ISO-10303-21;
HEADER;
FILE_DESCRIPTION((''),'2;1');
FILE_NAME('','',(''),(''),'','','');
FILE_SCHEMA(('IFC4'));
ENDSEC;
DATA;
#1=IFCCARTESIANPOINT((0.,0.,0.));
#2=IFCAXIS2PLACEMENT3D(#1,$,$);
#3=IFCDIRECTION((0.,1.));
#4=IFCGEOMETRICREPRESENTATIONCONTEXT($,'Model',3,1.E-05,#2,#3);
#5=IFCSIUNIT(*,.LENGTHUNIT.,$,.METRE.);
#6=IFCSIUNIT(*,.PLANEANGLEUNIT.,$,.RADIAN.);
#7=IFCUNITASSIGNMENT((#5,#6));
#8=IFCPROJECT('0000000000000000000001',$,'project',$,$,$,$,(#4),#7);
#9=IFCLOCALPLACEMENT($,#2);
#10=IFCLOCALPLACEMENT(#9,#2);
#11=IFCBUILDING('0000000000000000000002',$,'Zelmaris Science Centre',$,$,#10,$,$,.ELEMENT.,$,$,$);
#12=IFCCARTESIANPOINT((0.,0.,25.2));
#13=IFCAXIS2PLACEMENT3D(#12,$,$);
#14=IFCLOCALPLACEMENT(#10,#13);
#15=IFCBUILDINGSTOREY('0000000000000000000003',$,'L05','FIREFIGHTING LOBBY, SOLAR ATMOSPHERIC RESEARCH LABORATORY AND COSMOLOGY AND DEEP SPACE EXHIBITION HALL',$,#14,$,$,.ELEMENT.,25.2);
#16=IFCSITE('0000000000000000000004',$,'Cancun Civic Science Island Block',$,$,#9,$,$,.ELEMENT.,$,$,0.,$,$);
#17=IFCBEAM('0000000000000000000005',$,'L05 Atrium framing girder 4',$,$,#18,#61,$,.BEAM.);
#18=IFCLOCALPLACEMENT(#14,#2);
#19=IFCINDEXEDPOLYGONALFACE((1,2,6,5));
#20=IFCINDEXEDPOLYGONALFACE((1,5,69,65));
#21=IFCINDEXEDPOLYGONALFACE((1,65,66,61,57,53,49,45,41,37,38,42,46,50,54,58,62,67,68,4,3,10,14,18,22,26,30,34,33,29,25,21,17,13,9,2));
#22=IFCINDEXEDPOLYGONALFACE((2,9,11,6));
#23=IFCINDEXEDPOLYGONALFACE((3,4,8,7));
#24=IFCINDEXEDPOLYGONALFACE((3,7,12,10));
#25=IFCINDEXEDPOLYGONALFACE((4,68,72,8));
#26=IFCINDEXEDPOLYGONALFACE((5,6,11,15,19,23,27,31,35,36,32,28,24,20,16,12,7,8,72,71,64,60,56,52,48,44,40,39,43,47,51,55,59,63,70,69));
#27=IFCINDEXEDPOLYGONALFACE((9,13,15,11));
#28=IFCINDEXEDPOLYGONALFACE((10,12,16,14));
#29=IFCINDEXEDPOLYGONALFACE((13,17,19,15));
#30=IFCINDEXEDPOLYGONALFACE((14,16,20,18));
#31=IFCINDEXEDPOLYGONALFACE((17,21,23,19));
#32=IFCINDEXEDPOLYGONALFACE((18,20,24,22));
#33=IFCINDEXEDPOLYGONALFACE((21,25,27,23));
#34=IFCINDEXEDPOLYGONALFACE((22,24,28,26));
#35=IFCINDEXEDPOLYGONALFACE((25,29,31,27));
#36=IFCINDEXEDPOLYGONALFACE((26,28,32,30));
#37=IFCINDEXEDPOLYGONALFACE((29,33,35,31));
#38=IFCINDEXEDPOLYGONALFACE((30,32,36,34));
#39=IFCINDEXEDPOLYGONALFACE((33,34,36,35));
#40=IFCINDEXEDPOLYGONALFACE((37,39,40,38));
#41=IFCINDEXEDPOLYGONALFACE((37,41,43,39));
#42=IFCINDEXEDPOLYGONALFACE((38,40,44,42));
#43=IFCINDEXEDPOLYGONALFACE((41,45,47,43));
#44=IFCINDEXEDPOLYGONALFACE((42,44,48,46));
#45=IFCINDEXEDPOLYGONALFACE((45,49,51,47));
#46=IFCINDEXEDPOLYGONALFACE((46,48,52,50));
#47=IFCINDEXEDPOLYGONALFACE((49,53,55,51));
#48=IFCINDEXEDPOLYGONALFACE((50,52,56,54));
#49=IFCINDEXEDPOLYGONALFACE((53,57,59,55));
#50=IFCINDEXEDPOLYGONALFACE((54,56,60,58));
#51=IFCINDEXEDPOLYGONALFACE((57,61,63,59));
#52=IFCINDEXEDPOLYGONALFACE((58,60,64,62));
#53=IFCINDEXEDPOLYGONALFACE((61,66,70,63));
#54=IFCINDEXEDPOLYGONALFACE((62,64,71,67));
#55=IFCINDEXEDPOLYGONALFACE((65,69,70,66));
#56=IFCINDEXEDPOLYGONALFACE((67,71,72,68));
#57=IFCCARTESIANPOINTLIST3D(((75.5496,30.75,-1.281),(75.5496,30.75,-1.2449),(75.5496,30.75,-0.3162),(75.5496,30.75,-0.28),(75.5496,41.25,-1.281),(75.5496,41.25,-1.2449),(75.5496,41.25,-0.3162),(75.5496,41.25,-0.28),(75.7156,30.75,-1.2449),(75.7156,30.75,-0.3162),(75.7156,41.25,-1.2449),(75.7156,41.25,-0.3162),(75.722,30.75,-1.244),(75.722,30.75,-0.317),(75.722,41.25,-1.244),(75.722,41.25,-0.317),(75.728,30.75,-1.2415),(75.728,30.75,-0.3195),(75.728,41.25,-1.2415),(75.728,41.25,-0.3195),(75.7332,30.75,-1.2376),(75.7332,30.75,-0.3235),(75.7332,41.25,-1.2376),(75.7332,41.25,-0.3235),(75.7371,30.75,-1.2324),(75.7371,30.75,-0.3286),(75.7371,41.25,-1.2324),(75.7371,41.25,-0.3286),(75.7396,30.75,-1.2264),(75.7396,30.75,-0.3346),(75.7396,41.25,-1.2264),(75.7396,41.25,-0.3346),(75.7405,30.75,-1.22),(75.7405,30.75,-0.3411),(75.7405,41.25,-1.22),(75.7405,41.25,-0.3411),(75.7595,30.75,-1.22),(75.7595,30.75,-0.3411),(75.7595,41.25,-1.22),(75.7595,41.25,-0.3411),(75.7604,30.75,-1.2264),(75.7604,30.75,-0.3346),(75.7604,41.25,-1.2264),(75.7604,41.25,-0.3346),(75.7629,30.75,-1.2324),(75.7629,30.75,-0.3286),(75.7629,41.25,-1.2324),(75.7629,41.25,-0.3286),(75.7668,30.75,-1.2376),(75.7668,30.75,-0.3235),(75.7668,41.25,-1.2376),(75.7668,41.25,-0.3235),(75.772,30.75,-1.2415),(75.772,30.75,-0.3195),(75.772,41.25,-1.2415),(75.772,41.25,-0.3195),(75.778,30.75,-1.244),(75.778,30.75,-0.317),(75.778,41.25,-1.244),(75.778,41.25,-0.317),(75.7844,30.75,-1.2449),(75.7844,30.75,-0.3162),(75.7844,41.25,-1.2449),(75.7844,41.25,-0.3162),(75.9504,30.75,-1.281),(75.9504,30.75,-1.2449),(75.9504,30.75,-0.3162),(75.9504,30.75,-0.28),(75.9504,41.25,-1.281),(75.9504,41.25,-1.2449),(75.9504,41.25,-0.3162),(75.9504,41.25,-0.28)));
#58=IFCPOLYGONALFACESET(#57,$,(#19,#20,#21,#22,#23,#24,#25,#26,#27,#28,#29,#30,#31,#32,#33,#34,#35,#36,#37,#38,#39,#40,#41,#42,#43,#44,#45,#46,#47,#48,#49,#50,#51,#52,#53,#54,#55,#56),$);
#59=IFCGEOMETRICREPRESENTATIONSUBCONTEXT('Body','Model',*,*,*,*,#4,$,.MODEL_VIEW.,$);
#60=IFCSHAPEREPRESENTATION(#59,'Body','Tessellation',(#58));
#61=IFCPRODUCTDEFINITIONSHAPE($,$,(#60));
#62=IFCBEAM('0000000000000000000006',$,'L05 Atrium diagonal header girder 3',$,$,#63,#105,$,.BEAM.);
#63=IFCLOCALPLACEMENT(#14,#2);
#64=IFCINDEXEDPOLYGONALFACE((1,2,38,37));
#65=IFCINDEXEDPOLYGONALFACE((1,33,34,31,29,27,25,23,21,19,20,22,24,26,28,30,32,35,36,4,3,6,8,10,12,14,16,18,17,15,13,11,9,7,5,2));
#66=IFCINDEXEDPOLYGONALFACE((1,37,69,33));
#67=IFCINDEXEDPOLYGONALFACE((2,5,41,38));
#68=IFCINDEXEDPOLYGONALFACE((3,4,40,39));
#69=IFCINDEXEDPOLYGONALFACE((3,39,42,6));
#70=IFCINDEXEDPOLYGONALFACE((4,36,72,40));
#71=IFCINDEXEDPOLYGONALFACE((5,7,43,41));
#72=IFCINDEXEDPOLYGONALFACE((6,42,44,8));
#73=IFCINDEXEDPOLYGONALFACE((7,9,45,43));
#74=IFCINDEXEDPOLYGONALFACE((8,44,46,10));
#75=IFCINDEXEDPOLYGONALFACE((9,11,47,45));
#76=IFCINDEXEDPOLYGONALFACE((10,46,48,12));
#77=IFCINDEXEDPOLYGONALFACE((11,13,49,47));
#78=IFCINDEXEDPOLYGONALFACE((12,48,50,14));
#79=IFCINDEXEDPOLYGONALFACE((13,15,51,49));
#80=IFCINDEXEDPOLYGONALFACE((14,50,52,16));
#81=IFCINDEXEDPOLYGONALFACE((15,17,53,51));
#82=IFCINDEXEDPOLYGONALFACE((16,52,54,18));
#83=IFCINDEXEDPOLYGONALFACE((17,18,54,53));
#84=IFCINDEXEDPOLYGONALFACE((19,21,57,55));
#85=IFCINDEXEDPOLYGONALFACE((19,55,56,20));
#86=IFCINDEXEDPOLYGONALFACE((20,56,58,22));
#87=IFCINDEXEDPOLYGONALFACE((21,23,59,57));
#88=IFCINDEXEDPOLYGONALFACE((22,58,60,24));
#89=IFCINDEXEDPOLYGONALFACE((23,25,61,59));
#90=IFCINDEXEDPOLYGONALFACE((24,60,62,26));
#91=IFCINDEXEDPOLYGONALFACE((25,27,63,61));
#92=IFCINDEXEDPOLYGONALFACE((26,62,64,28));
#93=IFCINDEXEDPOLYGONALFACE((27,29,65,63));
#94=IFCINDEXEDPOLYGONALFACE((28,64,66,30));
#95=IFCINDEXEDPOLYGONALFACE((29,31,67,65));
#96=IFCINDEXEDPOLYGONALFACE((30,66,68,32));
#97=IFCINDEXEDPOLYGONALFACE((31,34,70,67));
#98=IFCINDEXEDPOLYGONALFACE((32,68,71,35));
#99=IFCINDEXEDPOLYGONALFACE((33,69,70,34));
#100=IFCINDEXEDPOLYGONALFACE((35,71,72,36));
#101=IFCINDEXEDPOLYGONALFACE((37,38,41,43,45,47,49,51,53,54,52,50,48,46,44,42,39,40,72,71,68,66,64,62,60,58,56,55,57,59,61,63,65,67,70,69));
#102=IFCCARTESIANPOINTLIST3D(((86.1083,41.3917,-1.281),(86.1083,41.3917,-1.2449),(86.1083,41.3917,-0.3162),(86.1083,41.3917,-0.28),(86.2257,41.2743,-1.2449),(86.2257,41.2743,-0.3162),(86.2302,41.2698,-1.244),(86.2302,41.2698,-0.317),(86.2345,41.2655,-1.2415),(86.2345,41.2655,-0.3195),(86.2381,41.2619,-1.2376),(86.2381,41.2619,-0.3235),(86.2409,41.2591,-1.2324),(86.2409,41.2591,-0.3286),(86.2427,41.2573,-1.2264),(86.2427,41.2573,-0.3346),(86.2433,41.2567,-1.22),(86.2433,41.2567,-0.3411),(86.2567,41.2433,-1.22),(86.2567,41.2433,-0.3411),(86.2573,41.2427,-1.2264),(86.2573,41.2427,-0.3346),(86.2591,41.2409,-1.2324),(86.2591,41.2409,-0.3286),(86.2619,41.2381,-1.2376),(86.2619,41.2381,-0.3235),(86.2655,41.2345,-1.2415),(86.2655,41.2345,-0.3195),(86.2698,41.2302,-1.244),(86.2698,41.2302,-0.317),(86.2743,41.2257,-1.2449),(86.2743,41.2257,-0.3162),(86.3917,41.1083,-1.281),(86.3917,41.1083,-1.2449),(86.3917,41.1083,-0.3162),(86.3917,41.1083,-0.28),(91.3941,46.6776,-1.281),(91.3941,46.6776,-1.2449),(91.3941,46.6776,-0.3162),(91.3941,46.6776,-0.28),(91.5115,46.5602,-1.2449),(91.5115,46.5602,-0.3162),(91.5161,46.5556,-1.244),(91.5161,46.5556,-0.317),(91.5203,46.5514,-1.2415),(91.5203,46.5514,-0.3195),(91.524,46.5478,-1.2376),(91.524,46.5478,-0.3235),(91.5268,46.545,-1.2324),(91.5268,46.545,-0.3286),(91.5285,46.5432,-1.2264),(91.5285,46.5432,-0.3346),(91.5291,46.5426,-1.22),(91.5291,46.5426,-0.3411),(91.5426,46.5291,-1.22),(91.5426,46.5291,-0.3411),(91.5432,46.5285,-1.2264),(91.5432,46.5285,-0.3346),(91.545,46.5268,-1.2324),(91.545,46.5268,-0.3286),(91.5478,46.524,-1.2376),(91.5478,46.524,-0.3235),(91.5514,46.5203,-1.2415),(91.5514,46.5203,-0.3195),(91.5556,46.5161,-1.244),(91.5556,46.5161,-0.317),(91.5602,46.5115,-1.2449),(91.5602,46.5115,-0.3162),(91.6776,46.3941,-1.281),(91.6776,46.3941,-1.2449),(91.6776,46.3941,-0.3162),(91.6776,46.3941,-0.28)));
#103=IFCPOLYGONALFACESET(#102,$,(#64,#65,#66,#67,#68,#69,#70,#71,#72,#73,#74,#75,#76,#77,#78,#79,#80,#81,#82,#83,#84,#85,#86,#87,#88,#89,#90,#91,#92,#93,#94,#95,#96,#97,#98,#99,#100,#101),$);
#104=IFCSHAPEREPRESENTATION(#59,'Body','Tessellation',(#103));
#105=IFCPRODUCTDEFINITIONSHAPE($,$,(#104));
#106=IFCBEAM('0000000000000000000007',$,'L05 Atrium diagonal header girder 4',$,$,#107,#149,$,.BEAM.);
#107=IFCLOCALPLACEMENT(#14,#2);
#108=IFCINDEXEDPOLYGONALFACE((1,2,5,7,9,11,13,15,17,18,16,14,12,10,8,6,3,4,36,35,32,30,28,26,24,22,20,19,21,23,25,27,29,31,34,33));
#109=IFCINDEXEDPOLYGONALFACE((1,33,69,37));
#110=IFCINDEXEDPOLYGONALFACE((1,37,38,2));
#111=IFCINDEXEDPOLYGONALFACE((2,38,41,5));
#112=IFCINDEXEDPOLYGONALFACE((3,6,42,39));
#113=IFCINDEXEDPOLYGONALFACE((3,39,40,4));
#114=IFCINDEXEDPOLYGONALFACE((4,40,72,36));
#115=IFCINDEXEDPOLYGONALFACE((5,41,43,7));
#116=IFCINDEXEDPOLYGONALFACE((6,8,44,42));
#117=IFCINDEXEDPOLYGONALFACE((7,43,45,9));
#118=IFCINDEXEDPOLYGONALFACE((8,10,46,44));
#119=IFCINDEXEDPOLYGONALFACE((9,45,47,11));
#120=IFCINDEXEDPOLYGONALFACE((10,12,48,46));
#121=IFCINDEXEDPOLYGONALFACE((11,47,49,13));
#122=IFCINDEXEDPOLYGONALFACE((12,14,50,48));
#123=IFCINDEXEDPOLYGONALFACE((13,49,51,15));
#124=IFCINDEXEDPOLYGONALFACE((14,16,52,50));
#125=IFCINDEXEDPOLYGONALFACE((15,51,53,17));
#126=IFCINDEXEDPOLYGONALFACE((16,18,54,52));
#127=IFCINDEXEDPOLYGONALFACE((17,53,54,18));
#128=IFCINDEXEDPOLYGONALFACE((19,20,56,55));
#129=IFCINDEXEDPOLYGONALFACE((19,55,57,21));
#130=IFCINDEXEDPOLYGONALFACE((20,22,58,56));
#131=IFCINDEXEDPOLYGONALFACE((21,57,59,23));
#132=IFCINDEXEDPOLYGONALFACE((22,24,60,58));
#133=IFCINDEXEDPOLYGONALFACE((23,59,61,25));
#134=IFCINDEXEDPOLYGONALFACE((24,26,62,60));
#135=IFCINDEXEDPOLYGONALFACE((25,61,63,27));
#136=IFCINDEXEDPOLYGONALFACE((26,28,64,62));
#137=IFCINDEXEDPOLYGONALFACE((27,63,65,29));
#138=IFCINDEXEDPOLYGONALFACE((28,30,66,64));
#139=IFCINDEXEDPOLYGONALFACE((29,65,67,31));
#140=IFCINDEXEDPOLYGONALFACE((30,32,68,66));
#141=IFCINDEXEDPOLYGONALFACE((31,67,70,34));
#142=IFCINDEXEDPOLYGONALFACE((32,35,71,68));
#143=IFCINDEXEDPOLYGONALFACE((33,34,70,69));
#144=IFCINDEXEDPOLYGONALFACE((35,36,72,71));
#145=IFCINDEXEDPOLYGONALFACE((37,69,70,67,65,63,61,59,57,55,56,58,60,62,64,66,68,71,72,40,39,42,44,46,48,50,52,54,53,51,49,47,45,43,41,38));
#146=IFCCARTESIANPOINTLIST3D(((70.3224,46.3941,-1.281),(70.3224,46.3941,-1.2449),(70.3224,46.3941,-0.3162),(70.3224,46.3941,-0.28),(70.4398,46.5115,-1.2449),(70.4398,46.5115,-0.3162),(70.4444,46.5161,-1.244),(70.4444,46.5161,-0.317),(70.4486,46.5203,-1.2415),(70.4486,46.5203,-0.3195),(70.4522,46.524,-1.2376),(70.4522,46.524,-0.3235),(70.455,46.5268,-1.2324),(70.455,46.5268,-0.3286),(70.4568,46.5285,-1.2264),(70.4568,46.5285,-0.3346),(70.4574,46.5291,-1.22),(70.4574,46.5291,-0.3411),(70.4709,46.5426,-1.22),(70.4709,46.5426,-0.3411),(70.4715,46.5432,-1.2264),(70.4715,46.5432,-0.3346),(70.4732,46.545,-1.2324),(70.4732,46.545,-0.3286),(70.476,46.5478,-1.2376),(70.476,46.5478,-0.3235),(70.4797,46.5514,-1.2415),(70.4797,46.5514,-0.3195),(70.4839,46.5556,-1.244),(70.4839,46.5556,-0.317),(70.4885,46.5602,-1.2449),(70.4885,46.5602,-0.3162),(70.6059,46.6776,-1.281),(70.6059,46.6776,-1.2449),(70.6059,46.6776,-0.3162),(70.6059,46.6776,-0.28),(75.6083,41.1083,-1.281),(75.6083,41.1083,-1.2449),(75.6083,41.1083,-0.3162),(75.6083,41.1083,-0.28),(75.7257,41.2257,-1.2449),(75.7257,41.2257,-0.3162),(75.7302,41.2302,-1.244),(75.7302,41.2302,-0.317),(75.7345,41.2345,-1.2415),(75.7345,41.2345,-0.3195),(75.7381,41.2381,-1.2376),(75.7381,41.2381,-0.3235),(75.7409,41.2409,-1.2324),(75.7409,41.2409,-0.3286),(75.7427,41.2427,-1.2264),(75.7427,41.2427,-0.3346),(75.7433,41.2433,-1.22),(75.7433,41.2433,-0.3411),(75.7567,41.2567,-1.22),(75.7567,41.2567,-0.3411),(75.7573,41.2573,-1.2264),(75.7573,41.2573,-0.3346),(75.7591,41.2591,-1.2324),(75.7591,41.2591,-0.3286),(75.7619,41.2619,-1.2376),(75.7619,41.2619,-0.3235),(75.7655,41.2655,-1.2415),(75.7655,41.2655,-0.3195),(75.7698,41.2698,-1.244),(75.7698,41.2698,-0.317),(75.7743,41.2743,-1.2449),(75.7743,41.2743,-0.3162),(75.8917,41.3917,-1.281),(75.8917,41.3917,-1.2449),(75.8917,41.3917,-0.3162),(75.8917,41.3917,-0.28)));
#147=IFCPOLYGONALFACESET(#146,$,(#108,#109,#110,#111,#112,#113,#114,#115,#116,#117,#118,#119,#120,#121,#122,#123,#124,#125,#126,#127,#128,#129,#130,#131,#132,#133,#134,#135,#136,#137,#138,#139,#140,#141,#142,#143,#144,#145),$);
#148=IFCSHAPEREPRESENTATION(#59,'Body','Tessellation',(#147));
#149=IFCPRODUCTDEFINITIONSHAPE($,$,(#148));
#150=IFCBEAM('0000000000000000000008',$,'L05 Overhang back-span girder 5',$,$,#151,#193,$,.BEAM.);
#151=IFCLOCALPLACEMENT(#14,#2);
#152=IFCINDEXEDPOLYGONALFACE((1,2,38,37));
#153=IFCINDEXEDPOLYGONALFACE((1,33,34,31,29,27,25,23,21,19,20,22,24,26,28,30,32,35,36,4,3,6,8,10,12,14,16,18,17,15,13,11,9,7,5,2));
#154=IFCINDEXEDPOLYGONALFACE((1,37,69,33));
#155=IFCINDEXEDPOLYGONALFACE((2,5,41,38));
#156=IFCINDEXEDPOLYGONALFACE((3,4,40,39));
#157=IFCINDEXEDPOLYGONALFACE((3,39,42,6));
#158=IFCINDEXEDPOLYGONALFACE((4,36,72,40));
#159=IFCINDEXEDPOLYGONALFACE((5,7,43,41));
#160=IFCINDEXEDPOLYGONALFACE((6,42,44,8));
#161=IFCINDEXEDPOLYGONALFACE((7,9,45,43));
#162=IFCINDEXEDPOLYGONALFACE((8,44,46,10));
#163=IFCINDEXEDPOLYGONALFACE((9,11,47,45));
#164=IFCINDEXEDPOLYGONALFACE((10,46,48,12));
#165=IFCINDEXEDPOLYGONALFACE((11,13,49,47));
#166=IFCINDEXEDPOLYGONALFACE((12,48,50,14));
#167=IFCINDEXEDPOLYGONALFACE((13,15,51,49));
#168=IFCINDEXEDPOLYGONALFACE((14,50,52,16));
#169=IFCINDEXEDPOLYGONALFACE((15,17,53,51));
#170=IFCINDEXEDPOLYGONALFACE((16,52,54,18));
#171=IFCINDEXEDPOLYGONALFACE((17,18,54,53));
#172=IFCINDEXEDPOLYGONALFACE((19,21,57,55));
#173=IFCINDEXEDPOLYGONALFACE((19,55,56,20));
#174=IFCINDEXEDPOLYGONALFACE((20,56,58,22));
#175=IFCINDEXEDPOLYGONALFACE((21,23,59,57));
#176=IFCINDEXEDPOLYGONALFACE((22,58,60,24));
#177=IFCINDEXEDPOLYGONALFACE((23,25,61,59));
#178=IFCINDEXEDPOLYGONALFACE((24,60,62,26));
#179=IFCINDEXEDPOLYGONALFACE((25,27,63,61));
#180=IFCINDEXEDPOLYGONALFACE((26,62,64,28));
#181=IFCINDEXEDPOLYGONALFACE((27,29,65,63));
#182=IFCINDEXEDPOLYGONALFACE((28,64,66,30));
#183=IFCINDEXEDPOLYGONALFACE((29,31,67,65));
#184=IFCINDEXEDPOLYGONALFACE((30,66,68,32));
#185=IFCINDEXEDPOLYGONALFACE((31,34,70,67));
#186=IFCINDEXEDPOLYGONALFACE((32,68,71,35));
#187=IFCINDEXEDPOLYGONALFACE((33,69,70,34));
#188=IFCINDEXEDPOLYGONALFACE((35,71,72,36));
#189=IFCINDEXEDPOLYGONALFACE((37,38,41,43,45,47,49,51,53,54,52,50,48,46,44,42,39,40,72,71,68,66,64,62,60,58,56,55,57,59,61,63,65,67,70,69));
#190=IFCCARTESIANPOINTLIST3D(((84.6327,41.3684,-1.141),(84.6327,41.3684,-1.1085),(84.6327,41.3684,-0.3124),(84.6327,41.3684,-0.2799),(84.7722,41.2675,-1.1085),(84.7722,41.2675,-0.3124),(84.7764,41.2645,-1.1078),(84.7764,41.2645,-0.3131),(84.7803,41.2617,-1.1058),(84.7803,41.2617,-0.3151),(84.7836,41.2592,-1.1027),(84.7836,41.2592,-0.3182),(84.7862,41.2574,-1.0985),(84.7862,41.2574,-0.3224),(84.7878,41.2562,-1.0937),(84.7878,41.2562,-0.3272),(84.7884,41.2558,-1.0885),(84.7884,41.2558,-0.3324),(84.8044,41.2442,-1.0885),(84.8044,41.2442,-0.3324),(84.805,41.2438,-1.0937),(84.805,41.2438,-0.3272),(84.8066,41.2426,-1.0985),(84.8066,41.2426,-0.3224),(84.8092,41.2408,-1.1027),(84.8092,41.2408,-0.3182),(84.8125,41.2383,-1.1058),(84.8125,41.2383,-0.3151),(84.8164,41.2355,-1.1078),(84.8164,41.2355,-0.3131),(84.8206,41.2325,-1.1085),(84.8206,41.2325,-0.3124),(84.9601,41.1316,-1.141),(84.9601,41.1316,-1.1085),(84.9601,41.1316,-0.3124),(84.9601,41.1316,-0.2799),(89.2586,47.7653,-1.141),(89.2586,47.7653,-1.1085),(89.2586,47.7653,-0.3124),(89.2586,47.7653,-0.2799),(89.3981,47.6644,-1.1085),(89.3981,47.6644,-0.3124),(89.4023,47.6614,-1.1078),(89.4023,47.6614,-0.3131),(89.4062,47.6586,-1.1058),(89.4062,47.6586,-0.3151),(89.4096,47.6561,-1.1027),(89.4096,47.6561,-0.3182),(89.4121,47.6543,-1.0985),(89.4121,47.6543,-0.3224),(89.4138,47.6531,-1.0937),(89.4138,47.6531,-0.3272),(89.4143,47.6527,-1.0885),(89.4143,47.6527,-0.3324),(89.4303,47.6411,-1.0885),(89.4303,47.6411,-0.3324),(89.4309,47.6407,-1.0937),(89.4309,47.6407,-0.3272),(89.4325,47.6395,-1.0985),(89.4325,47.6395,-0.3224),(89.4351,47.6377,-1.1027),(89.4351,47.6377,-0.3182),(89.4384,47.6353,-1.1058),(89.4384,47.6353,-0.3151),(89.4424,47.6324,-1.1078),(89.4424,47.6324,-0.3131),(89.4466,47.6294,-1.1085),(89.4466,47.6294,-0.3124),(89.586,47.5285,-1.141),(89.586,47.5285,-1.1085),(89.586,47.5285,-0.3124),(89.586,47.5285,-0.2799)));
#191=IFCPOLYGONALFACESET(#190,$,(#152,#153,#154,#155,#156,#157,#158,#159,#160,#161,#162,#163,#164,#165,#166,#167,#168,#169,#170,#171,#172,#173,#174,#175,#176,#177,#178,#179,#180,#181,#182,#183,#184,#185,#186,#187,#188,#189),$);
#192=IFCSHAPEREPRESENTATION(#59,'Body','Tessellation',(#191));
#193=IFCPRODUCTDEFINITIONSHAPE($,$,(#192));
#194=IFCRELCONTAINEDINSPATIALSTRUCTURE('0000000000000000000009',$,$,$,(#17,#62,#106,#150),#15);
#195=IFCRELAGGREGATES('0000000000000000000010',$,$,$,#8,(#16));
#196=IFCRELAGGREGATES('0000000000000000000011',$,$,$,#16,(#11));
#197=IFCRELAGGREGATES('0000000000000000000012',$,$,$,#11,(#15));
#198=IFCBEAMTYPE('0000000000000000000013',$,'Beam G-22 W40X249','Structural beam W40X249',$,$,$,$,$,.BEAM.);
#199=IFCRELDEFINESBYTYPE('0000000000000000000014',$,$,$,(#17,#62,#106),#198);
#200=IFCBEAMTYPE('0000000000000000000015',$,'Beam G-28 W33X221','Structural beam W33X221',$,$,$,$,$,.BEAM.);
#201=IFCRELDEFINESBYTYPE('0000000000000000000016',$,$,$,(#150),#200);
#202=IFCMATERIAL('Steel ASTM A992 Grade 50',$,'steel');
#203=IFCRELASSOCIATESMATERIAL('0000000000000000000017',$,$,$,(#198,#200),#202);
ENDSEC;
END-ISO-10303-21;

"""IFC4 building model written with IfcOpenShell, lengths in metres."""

from ifc_helpers import new_model, si_unit, direction, frame, origin, origin_2d, place, context, subcontext, project, spatial, i_section, extrude, material, material_profile, profile_set, type_object, element, save


model = new_model("IFC4")

# Units and contexts
model_context = context("Model", 3, precision=1e-05, world=origin(), true_north=direction((0.0, 1.0)))
body_context = subcontext(model_context, "Body", "Model", "MODEL_VIEW")
ifc_project = project(units=[si_unit("LENGTHUNIT", "METRE"), si_unit("PLANEANGLEUNIT", "RADIAN")], contexts=[model_context])

# Site, building, storey
site_placement = place(None, origin())
site = spatial("IfcSite", under=ifc_project, at=site_placement, Name="Cancun Civic Science Island Block", CompositionType="ELEMENT", RefElevation=0.0)
building_placement = place(site_placement, origin())
building = spatial("IfcBuilding", under=site, at=building_placement, Name="Zelmaris Science Centre", CompositionType="ELEMENT")
storey_placement = place(building_placement, frame((0.0, 0.0, 25.2)))
storey = spatial("IfcBuildingStorey", under=building, at=storey_placement, Name="L05", Description="FIREFIGHTING LOBBY, SOLAR ATMOSPHERIC RESEARCH LABORATORY AND COSMOLOGY AND DEEP SPACE EXHIBITION HALL", CompositionType="ELEMENT", Elevation=25.2)

# Shared definitions
ifc_material_1 = material(Name="Steel ASTM A992 Grade 50", Category="steel")

# Beams
ifc_material_profile_1 = material_profile(ifc_material_1, i_section(OverallWidth=0.4009, OverallDepth=1.001, WebThickness=0.019, FlangeThickness=0.0361, FilletRadius=0.0249, at=origin_2d()), Name="W40X249")
ifc_profile_set_1 = profile_set([ifc_material_profile_1], Name="Steel ASTM A992 Grade 50")
beam_type_1 = type_object("IfcBeamType", Name="Beam G-22 W40X249", Description="Structural beam W40X249", PredefinedType="BEAM", material=ifc_profile_set_1)
for number, where, z_axis, x_axis, name in (
    (1, (75.75, 41.25, -0.7805), (0.0, -1.0, 0.0), (1.0, 0.0, 0.0), "L05 Atrium framing girder 4"),
):
    element("IfcBeam", number, at=place(storey_placement, frame(where, z_axis=z_axis, x_axis=x_axis)), inside=storey, type_object=beam_type_1, Name=name, PredefinedType="BEAM", context=body_context, shape_type="SweptSolid", body=[
        extrude(i_section(OverallWidth=0.4009, OverallDepth=1.001, WebThickness=0.019, FlangeThickness=0.0361, FilletRadius=0.0249, at=origin_2d()), origin(), (0.0, 0.0, 1.0), 10.5),
    ])
for number, where, z_axis, x_axis, name in (
    (2, (86.25, 41.25, -0.7805), (0.707107, 0.707107, 0.0), (-0.707107, 0.707107, 0.0), "L05 Atrium diagonal header girder 3"),
    (3, (75.75, 41.25, -0.7805), (-0.707107, 0.707107, 0.0), (-0.707107, -0.707107, 0.0), "L05 Atrium diagonal header girder 4"),
):
    element("IfcBeam", number, at=place(storey_placement, frame(where, z_axis=z_axis, x_axis=x_axis)), inside=storey, type_object=beam_type_1, Name=name, PredefinedType="BEAM", context=body_context, shape_type="SweptSolid", body=[
        extrude(i_section(OverallWidth=0.4009, OverallDepth=1.001, WebThickness=0.019, FlangeThickness=0.0361, FilletRadius=0.0249, at=origin_2d()), origin(), (0.0, 0.0, 1.0), 7.4753),
    ])
ifc_material_profile_2 = material_profile(ifc_material_1, i_section(OverallWidth=0.4041, OverallDepth=0.8611, WebThickness=0.0198, FlangeThickness=0.0325, FilletRadius=0.02, at=origin_2d()), Name="W33X221")
ifc_profile_set_2 = profile_set([ifc_material_profile_2], Name="Steel ASTM A992 Grade 50")
beam_type_2 = type_object("IfcBeamType", Name="Beam G-28 W33X221", Description="Structural beam W33X221", PredefinedType="BEAM", material=ifc_profile_set_2)
beam_1_placement = place(storey_placement, frame((84.7964, 41.25, -0.7104), z_axis=(0.585985, 0.810322, 0.0), x_axis=(-0.810322, 0.585985, 0.0)))
element("IfcBeam", 4, at=beam_1_placement, inside=storey, type_object=beam_type_2, Name="L05 Overhang back-span girder 5", PredefinedType="BEAM", context=body_context, shape_type="SweptSolid", body=[
    extrude(i_section(OverallWidth=0.4041, OverallDepth=0.8611, WebThickness=0.0198, FlangeThickness=0.0325, FilletRadius=0.02, at=origin_2d()), origin(), (0.0, 0.0, 1.0), 7.8943),
])

save(model, "model.ifc")
